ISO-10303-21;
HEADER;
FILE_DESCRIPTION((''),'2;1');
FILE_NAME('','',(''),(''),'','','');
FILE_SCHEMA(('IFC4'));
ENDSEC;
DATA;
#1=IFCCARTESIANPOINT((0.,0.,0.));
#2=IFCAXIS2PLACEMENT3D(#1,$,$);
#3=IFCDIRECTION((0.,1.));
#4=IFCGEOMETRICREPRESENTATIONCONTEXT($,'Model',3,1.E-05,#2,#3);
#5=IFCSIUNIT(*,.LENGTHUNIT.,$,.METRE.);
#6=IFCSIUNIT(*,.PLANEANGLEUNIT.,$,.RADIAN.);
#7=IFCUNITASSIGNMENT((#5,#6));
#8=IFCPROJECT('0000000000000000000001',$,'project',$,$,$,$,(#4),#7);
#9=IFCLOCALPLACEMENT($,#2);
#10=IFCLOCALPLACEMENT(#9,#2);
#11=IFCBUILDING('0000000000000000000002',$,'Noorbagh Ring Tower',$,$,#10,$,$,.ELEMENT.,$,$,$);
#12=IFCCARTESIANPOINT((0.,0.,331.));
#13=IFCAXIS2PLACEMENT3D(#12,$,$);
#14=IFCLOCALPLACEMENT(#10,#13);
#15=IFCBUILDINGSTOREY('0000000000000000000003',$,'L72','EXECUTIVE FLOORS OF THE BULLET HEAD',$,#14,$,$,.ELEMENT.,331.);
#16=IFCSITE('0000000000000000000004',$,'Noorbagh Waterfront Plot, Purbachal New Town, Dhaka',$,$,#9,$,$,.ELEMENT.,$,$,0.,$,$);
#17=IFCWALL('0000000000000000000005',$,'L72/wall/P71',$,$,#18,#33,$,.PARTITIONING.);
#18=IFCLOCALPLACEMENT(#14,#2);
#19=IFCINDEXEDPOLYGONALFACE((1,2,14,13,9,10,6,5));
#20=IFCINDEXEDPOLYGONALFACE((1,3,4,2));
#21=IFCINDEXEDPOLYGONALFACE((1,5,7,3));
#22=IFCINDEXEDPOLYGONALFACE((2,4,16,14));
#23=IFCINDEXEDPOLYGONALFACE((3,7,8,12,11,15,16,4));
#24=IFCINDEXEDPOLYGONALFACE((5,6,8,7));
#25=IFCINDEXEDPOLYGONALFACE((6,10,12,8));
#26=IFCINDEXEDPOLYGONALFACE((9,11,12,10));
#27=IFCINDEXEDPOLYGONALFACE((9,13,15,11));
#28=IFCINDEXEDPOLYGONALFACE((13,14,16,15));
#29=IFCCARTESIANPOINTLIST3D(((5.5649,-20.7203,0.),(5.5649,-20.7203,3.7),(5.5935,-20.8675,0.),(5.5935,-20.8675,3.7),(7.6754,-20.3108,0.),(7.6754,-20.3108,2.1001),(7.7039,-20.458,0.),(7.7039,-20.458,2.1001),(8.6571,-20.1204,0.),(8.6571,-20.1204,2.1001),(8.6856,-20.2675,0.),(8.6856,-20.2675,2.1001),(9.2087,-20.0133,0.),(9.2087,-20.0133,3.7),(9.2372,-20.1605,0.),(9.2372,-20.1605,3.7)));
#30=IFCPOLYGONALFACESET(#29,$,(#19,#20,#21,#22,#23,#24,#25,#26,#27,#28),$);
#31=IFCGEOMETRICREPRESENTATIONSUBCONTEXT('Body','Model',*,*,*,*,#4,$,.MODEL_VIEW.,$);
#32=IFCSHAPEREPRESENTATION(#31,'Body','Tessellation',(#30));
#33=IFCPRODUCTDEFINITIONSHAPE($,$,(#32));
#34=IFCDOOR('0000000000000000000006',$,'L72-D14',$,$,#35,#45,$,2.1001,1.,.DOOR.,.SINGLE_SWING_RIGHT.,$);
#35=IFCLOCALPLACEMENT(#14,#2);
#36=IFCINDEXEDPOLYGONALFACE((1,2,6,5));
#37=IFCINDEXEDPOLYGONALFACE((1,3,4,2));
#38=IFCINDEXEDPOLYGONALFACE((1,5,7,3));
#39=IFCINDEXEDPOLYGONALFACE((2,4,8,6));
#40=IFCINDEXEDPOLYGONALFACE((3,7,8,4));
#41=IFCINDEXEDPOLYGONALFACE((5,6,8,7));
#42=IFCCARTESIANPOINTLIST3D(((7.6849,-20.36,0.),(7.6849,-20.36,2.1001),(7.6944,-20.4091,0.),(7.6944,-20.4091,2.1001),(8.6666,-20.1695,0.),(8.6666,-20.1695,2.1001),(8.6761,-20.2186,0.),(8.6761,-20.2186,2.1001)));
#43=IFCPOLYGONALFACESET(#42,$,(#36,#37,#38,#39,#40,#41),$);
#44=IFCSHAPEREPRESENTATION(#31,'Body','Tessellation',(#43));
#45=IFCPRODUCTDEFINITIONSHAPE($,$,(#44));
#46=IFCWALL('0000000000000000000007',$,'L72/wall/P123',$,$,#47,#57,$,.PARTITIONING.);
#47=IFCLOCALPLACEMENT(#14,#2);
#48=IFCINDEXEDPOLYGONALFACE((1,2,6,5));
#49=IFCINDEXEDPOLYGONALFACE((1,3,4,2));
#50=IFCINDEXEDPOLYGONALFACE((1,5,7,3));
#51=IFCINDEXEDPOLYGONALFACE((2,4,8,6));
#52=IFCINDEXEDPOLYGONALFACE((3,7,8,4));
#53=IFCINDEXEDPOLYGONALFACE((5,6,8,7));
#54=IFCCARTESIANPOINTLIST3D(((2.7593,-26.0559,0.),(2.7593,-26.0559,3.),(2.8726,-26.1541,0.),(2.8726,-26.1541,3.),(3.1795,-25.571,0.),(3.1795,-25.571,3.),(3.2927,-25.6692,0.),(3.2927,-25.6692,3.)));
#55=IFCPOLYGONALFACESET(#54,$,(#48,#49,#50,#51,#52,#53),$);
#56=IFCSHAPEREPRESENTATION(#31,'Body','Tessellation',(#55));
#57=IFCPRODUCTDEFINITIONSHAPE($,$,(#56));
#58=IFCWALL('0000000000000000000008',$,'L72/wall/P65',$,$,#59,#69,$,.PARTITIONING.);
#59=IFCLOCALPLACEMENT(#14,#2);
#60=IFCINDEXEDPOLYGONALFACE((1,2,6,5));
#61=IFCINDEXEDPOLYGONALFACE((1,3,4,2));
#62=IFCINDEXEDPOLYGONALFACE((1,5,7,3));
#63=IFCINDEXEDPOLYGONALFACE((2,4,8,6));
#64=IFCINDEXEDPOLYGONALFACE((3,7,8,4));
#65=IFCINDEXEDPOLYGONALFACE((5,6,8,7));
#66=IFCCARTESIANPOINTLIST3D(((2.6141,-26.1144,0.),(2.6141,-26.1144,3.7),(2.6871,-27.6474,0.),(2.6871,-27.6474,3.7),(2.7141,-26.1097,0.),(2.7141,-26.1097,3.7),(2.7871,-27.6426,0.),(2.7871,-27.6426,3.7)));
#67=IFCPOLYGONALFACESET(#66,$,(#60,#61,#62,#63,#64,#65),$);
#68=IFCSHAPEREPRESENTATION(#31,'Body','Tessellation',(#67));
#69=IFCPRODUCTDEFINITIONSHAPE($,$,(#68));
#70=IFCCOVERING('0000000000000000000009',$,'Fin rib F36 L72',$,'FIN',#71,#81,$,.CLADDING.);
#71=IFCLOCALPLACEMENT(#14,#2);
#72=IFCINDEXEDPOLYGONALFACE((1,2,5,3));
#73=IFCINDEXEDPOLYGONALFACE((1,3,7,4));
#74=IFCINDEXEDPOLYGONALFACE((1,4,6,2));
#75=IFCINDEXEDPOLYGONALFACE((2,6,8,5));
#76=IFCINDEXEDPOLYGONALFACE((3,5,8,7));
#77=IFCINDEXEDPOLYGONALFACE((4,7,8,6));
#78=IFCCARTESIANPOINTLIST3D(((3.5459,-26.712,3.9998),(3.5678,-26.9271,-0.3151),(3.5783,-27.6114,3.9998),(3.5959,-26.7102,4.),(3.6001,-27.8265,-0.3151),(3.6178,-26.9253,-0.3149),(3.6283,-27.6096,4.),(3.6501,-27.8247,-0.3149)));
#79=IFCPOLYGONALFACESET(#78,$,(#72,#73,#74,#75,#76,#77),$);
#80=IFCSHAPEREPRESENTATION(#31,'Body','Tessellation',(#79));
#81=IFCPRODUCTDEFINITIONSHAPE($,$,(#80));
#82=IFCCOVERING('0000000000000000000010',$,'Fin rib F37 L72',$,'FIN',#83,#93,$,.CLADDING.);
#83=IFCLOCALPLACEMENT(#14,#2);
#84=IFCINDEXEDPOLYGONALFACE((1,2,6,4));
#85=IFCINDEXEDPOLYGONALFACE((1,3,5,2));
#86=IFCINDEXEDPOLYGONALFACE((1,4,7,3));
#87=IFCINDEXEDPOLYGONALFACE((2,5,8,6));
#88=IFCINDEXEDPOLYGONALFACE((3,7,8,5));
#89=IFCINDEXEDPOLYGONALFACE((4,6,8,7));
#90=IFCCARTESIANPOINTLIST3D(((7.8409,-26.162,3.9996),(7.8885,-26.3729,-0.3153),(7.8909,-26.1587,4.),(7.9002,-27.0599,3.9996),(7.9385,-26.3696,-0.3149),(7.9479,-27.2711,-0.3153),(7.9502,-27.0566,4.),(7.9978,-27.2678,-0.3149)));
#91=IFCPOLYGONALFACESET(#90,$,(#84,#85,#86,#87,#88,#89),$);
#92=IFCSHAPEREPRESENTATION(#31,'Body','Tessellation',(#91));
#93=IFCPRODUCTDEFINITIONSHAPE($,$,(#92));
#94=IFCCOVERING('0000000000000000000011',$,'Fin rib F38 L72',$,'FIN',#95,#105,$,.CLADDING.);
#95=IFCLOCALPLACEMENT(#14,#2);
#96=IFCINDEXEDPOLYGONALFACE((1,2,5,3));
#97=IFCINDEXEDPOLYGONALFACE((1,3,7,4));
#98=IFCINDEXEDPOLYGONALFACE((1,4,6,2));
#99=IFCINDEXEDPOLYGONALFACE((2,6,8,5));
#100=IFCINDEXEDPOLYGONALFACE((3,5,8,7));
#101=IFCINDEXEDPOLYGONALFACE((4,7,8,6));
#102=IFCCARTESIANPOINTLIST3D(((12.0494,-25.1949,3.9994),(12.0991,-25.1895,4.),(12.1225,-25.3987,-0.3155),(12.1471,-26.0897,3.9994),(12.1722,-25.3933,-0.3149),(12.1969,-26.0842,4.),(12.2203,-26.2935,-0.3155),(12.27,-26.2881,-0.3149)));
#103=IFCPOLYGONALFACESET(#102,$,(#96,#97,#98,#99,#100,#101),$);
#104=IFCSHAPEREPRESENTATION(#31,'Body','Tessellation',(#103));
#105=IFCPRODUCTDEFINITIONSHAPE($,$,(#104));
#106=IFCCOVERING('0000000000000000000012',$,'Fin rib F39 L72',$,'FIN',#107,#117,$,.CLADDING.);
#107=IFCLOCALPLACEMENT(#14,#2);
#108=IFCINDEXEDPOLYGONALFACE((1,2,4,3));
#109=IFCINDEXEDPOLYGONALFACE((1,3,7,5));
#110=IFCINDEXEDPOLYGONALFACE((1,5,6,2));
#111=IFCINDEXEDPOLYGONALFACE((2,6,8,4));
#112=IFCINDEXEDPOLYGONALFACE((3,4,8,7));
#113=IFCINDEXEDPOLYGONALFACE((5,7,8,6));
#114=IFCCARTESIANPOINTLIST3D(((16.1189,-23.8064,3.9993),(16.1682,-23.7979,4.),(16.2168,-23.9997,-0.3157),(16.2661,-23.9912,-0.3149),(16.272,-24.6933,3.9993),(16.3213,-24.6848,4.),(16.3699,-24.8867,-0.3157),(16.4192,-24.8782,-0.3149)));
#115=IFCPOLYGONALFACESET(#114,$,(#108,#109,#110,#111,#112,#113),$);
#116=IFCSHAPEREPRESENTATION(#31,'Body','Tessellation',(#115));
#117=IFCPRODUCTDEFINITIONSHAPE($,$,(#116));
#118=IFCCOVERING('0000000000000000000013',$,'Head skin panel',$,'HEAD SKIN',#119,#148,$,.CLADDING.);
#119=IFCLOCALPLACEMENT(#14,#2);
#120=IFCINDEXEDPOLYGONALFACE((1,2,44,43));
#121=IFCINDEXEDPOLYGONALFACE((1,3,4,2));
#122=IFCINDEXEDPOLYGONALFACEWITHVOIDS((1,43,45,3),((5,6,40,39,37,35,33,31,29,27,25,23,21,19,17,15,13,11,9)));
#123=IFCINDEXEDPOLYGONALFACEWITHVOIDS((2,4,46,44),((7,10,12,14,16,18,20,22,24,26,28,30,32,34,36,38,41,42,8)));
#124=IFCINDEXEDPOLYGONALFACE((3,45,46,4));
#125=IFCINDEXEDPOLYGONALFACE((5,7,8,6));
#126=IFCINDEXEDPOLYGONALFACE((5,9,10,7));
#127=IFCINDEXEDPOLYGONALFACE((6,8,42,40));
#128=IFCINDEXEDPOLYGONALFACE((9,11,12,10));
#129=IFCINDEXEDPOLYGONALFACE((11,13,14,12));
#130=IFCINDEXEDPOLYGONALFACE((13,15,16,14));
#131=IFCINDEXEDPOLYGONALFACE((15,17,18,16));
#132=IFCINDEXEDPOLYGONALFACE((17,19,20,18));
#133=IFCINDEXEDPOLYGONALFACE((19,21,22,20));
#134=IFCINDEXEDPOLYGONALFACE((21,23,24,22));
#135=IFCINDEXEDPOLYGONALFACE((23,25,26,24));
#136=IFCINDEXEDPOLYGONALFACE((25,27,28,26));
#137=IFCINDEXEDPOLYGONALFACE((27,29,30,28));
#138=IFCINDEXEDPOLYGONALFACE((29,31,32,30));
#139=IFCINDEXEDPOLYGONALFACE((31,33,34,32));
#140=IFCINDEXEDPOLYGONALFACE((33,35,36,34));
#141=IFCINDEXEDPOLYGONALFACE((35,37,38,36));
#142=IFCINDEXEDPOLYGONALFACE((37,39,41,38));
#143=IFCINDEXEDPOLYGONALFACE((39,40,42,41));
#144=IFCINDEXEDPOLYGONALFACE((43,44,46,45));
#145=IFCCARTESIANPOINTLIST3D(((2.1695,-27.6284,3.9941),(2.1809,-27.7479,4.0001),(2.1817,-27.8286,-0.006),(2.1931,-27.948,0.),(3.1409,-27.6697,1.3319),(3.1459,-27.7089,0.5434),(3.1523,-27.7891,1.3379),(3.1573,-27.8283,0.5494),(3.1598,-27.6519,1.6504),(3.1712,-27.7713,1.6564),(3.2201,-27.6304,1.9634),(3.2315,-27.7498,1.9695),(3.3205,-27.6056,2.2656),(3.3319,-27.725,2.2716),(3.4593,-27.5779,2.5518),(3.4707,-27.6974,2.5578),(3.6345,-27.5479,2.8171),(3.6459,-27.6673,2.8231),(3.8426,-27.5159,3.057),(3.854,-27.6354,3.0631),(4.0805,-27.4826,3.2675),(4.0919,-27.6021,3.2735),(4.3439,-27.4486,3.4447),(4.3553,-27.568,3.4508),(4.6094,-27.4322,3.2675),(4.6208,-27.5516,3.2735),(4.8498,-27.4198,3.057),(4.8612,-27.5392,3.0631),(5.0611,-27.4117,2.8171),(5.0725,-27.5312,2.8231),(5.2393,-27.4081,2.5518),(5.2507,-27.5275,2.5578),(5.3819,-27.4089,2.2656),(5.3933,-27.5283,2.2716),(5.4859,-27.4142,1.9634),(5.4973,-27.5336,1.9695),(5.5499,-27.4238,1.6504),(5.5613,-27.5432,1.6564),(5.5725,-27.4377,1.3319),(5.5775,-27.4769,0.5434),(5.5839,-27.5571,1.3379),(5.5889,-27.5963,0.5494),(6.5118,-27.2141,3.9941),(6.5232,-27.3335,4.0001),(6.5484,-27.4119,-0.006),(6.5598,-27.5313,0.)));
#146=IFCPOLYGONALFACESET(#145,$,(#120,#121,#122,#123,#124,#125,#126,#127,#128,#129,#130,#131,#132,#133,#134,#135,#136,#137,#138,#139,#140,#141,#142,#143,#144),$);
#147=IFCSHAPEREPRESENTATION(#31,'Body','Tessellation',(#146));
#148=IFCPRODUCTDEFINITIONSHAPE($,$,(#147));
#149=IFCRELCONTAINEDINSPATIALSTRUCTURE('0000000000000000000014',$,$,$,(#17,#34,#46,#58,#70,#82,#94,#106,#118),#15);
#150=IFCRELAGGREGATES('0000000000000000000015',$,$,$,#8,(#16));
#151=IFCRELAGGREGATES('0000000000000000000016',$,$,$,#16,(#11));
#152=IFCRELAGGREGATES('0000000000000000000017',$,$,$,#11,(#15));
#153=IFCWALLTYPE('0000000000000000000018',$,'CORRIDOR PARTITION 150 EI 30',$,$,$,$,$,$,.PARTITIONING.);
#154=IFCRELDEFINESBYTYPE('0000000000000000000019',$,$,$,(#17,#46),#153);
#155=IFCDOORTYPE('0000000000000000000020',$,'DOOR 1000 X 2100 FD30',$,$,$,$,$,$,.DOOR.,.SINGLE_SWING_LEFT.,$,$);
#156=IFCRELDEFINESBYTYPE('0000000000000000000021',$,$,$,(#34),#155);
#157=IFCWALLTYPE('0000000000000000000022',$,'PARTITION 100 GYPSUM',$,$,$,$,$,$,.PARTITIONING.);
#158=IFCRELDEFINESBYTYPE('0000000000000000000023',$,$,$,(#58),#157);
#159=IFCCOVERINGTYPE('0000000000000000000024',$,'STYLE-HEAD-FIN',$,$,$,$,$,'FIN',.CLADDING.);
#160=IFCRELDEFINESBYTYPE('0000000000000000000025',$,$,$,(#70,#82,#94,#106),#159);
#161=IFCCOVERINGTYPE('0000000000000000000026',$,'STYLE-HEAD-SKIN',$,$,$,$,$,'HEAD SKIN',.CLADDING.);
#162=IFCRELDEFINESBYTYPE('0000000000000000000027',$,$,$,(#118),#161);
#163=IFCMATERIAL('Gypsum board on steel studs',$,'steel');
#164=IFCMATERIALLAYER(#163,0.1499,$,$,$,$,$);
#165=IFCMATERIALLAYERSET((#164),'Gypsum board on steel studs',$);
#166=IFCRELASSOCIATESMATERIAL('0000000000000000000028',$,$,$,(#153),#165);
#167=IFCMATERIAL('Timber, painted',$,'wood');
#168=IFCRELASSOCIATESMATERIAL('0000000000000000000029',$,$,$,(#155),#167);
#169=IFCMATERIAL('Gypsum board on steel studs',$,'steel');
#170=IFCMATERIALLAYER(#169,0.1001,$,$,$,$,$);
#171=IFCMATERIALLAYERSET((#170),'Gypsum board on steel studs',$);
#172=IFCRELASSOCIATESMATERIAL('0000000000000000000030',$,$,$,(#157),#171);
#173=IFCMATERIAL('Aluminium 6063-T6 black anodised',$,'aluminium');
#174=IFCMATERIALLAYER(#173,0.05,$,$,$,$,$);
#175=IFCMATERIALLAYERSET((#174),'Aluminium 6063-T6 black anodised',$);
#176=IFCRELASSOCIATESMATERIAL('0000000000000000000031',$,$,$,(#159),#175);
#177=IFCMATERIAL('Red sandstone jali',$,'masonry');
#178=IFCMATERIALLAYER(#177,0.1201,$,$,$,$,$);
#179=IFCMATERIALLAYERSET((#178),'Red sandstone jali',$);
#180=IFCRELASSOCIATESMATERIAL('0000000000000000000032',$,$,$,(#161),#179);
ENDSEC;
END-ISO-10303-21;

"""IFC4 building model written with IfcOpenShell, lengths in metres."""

from ifc_helpers import new_model, si_unit, direction, frame, frame_2d, origin, place, context, subcontext, project, spatial, polyline, rectangle, outline, extrude, material, layer, layer_set, type_object, element, fill, save


model = new_model("IFC4")

# Units and contexts
model_context = context("Model", 3, precision=1e-05, world=origin(), true_north=direction((0.0, 1.0)))
body_context = subcontext(model_context, "Body", "Model", "MODEL_VIEW")
ifc_project = project(units=[si_unit("LENGTHUNIT", "METRE"), si_unit("PLANEANGLEUNIT", "RADIAN")], contexts=[model_context])

# Site, building, storey
site_placement = place(None, origin())
site = spatial("IfcSite", under=ifc_project, at=site_placement, Name="Noorbagh Waterfront Plot, Purbachal New Town, Dhaka", CompositionType="ELEMENT", RefElevation=0.0)
building_placement = place(site_placement, origin())
building = spatial("IfcBuilding", under=site, at=building_placement, Name="Noorbagh Ring Tower", CompositionType="ELEMENT")
storey_placement = place(building_placement, frame((0.0, 0.0, 331.0)))
storey = spatial("IfcBuildingStorey", under=building, at=storey_placement, Name="L72", Description="EXECUTIVE FLOORS OF THE BULLET HEAD", CompositionType="ELEMENT", Elevation=331.0)

# Shared definitions
ifc_material_1 = material(Name="Gypsum board on steel studs", Category="steel")
ifc_layer_1 = layer(ifc_material_1, 0.1499)
ifc_layer_set_1 = layer_set([ifc_layer_1], Name="Gypsum board on steel studs")
wall_type_1 = type_object("IfcWallType", Name="CORRIDOR PARTITION 150 EI 30", PredefinedType="PARTITIONING", material=ifc_layer_set_1)

# Wall, opening, door
wall_1_placement = place(storey_placement, frame((5.5791, -20.7939, 0.0), z_axis=(0.0, 0.0, 1.0), x_axis=(0.98169, 0.190484, 0.0)))
wall_1 = element("IfcWall", 1, at=wall_1_placement, inside=storey, type_object=wall_type_1, Name="L72/wall/P71", PredefinedType="PARTITIONING", context=body_context, shape_type="SweptSolid", body=[
    extrude(rectangle(XDim=3.7117, YDim=0.1499, at=frame_2d((1.856, 0.0))), origin(), (0.0, 0.0, 1.0), 3.7),
])
opening_placement = place(wall_1_placement, frame((2.1499, 0.0, 0.0)))
opening = element("IfcOpeningElement", 2, at=opening_placement, cuts=wall_1, PredefinedType="OPENING", context=body_context, shape_type="SweptSolid", body=[
    extrude(rectangle(XDim=1.0, YDim=2.1001, at=frame_2d((0.5, 1.05))), frame((0.0, 0.085, 0.0), z_axis=(0.0, -1.0, 0.0), x_axis=(1.0, 0.0, 0.0)), (0.0, 0.0, 1.0), 0.1699),
])
ifc_material_2 = material(Name="Timber, painted", Category="wood")
door_type = type_object("IfcDoorType", Name="DOOR 1000 X 2100 FD30", OperationType="SINGLE_SWING_LEFT", PredefinedType="DOOR", material=ifc_material_2)
door_placement = place(opening_placement, origin())
door = element("IfcDoor", 3, at=door_placement, inside=storey, type_object=door_type, Name="L72-D14", OperationType="SINGLE_SWING_RIGHT", OverallHeight=2.1001, OverallWidth=1.0, PredefinedType="DOOR", context=body_context, shape_type="SweptSolid", body=[
    extrude(rectangle(XDim=1.0, YDim=2.1001, at=frame_2d((0.5, 1.05))), frame((0.0, 0.0249, 0.0), z_axis=(0.0, -1.0, 0.0), x_axis=(1.0, 0.0, 0.0)), (0.0, 0.0, 1.0), 0.05),
])
fill(opening, door)

# Walls
wall_2_placement = place(storey_placement, frame((2.8159, -26.105, 0.0), z_axis=(0.0, 0.0, 1.0), x_axis=(0.654887, 0.755727, 0.0)))
element("IfcWall", 4, at=wall_2_placement, inside=storey, type_object=wall_type_1, Name="L72/wall/P123", PredefinedType="PARTITIONING", context=body_context, shape_type="SweptSolid", body=[
    extrude(rectangle(XDim=0.6416, YDim=0.1499, at=frame_2d((0.3208, 0.0))), origin(), (0.0, 0.0, 1.0), 3.0),
])
ifc_material_3 = material(Name="Gypsum board on steel studs", Category="steel")
ifc_layer_2 = layer(ifc_material_3, 0.1001)
ifc_layer_set_2 = layer_set([ifc_layer_2], Name="Gypsum board on steel studs")
wall_type_2 = type_object("IfcWallType", Name="PARTITION 100 GYPSUM", PredefinedType="PARTITIONING", material=ifc_layer_set_2)
wall_3_placement = place(storey_placement, frame((2.6641, -26.1121, 0.0), z_axis=(0.0, 0.0, 1.0), x_axis=(0.047565, -0.998868, 0.0)))
element("IfcWall", 5, at=wall_3_placement, inside=storey, type_object=wall_type_2, Name="L72/wall/P65", PredefinedType="PARTITIONING", context=body_context, shape_type="SweptSolid", body=[
    extrude(rectangle(XDim=1.5347, YDim=0.1001, at=frame_2d((0.7673, 0.0))), origin(), (0.0, 0.0, 1.0), 3.7),
])

# Coverings
ifc_material_4 = material(Name="Aluminium 6063-T6 black anodised", Category="aluminium")
ifc_layer_3 = layer(ifc_material_4, 0.05)
ifc_layer_set_3 = layer_set([ifc_layer_3], Name="Aluminium 6063-T6 black anodised")
covering_type_1 = type_object("IfcCoveringType", Name="STYLE-HEAD-FIN", ElementType="FIN", PredefinedType="CLADDING", material=ifc_layer_set_3)
covering_1_placement = place(storey_placement, frame((3.6501, -27.8247, -0.3149), z_axis=(0.999348, 0.035943, 0.003269), x_axis=(-0.005058, 0.049784, 0.998747)))
element("IfcCovering", 6, at=covering_1_placement, inside=storey, type_object=covering_type_1, Name="Fin rib F36 L72", ObjectType="FIN", PredefinedType="CLADDING", context=body_context, shape_type="SweptSolid", body=[
    extrude(outline(polyline([(0.0, 0.0), (4.3204, 0.0), (4.3653, -0.8989), (0.0449, -0.8989), (0.0, 0.0)])), origin(), (0.0, 0.0, -1.0), 0.05),
])
covering_2_placement = place(storey_placement, frame((7.9978, -27.2678, -0.3149), z_axis=(0.997795, 0.065914, 0.007785), x_axis=(-0.011021, 0.04888, 0.998744)))
element("IfcCovering", 7, at=covering_2_placement, inside=storey, type_object=covering_type_1, Name="Fin rib F37 L72", ObjectType="FIN", PredefinedType="CLADDING", context=body_context, shape_type="SweptSolid", body=[
    extrude(outline(polyline([(0.0, 0.0), (4.3204, 0.0), (4.3649, -0.8988), (0.0446, -0.899), (0.0, 0.0)])), origin(), (0.0, 0.0, -1.0), 0.05),
])
covering_3_placement = place(storey_placement, frame((12.27, -26.2881, -0.3149), z_axis=(0.994014, 0.108623, 0.011713), x_axis=(-0.016925, 0.047188, 0.998743)))
element("IfcCovering", 8, at=covering_3_placement, inside=storey, type_object=covering_type_1, Name="Fin rib F38 L72", ObjectType="FIN", PredefinedType="CLADDING", context=body_context, shape_type="SweptSolid", body=[
    extrude(outline(polyline([(0.0, 0.0), (4.3204, 0.0), (4.3643, -0.899), (0.0439, -0.899), (0.0, 0.0)])), origin(), (0.0, 0.0, -1.0), 0.05),
])
covering_4_placement = place(storey_placement, frame((16.4192, -24.8782, -0.3149), z_axis=(0.985325, 0.170052, 0.014735), x_axis=(-0.02266, 0.044755, 0.998741)))
element("IfcCovering", 9, at=covering_4_placement, inside=storey, type_object=covering_type_1, Name="Fin rib F39 L72", ObjectType="FIN", PredefinedType="CLADDING", context=body_context, shape_type="SweptSolid", body=[
    extrude(outline(polyline([(0.0, 0.0), (4.3204, 0.0), (4.3635, -0.899), (0.0432, -0.899), (0.0, 0.0)])), origin(), (0.0, 0.0, -1.0), 0.05),
])
ifc_material_5 = material(Name="Red sandstone jali", Category="masonry")
ifc_layer_4 = layer(ifc_material_5, 0.1201)
ifc_layer_set_4 = layer_set([ifc_layer_4], Name="Red sandstone jali")
covering_type_2 = type_object("IfcCoveringType", Name="STYLE-HEAD-SKIN", ElementType="HEAD SKIN", PredefinedType="CLADDING", material=ifc_layer_set_4)
covering_5_placement = place(storey_placement, frame((2.1931, -27.948, 0.0), z_axis=(0.094874, -0.994231, 0.050036), x_axis=(0.995478, 0.094993, 0.000001)))
element("IfcCovering", 10, at=covering_5_placement, inside=storey, type_object=covering_type_2, Name="Head skin panel", ObjectType="HEAD SKIN", PredefinedType="CLADDING", context=body_context, shape_type="SweptSolid", body=[
    extrude(outline(polyline([(0.0, 0.0), (4.3865, 0.0), (4.3689, 4.0051), (0.0068, 4.0051), (0.0, 0.0)]), holes=[polyline([(0.9712, 0.55), (0.97, 1.3396), (0.9905, 1.6584), (1.0525, 1.9719), (1.1548, 2.2744), (1.2957, 2.561), (1.4729, 2.8267), (1.6831, 3.0669), (1.9231, 3.2776), (2.1885, 3.4551), (2.4543, 3.2776), (2.6948, 3.0669), (2.906, 2.8267), (3.0837, 2.561), (3.2256, 2.2744), (3.3286, 1.9719), (3.3914, 1.6584), (3.4126, 1.3396), (3.4138, 0.55), (0.9712, 0.55)])]), origin(), (0.0, 0.0, -1.0), 0.1201),
])

save(model, "model.ifc")
